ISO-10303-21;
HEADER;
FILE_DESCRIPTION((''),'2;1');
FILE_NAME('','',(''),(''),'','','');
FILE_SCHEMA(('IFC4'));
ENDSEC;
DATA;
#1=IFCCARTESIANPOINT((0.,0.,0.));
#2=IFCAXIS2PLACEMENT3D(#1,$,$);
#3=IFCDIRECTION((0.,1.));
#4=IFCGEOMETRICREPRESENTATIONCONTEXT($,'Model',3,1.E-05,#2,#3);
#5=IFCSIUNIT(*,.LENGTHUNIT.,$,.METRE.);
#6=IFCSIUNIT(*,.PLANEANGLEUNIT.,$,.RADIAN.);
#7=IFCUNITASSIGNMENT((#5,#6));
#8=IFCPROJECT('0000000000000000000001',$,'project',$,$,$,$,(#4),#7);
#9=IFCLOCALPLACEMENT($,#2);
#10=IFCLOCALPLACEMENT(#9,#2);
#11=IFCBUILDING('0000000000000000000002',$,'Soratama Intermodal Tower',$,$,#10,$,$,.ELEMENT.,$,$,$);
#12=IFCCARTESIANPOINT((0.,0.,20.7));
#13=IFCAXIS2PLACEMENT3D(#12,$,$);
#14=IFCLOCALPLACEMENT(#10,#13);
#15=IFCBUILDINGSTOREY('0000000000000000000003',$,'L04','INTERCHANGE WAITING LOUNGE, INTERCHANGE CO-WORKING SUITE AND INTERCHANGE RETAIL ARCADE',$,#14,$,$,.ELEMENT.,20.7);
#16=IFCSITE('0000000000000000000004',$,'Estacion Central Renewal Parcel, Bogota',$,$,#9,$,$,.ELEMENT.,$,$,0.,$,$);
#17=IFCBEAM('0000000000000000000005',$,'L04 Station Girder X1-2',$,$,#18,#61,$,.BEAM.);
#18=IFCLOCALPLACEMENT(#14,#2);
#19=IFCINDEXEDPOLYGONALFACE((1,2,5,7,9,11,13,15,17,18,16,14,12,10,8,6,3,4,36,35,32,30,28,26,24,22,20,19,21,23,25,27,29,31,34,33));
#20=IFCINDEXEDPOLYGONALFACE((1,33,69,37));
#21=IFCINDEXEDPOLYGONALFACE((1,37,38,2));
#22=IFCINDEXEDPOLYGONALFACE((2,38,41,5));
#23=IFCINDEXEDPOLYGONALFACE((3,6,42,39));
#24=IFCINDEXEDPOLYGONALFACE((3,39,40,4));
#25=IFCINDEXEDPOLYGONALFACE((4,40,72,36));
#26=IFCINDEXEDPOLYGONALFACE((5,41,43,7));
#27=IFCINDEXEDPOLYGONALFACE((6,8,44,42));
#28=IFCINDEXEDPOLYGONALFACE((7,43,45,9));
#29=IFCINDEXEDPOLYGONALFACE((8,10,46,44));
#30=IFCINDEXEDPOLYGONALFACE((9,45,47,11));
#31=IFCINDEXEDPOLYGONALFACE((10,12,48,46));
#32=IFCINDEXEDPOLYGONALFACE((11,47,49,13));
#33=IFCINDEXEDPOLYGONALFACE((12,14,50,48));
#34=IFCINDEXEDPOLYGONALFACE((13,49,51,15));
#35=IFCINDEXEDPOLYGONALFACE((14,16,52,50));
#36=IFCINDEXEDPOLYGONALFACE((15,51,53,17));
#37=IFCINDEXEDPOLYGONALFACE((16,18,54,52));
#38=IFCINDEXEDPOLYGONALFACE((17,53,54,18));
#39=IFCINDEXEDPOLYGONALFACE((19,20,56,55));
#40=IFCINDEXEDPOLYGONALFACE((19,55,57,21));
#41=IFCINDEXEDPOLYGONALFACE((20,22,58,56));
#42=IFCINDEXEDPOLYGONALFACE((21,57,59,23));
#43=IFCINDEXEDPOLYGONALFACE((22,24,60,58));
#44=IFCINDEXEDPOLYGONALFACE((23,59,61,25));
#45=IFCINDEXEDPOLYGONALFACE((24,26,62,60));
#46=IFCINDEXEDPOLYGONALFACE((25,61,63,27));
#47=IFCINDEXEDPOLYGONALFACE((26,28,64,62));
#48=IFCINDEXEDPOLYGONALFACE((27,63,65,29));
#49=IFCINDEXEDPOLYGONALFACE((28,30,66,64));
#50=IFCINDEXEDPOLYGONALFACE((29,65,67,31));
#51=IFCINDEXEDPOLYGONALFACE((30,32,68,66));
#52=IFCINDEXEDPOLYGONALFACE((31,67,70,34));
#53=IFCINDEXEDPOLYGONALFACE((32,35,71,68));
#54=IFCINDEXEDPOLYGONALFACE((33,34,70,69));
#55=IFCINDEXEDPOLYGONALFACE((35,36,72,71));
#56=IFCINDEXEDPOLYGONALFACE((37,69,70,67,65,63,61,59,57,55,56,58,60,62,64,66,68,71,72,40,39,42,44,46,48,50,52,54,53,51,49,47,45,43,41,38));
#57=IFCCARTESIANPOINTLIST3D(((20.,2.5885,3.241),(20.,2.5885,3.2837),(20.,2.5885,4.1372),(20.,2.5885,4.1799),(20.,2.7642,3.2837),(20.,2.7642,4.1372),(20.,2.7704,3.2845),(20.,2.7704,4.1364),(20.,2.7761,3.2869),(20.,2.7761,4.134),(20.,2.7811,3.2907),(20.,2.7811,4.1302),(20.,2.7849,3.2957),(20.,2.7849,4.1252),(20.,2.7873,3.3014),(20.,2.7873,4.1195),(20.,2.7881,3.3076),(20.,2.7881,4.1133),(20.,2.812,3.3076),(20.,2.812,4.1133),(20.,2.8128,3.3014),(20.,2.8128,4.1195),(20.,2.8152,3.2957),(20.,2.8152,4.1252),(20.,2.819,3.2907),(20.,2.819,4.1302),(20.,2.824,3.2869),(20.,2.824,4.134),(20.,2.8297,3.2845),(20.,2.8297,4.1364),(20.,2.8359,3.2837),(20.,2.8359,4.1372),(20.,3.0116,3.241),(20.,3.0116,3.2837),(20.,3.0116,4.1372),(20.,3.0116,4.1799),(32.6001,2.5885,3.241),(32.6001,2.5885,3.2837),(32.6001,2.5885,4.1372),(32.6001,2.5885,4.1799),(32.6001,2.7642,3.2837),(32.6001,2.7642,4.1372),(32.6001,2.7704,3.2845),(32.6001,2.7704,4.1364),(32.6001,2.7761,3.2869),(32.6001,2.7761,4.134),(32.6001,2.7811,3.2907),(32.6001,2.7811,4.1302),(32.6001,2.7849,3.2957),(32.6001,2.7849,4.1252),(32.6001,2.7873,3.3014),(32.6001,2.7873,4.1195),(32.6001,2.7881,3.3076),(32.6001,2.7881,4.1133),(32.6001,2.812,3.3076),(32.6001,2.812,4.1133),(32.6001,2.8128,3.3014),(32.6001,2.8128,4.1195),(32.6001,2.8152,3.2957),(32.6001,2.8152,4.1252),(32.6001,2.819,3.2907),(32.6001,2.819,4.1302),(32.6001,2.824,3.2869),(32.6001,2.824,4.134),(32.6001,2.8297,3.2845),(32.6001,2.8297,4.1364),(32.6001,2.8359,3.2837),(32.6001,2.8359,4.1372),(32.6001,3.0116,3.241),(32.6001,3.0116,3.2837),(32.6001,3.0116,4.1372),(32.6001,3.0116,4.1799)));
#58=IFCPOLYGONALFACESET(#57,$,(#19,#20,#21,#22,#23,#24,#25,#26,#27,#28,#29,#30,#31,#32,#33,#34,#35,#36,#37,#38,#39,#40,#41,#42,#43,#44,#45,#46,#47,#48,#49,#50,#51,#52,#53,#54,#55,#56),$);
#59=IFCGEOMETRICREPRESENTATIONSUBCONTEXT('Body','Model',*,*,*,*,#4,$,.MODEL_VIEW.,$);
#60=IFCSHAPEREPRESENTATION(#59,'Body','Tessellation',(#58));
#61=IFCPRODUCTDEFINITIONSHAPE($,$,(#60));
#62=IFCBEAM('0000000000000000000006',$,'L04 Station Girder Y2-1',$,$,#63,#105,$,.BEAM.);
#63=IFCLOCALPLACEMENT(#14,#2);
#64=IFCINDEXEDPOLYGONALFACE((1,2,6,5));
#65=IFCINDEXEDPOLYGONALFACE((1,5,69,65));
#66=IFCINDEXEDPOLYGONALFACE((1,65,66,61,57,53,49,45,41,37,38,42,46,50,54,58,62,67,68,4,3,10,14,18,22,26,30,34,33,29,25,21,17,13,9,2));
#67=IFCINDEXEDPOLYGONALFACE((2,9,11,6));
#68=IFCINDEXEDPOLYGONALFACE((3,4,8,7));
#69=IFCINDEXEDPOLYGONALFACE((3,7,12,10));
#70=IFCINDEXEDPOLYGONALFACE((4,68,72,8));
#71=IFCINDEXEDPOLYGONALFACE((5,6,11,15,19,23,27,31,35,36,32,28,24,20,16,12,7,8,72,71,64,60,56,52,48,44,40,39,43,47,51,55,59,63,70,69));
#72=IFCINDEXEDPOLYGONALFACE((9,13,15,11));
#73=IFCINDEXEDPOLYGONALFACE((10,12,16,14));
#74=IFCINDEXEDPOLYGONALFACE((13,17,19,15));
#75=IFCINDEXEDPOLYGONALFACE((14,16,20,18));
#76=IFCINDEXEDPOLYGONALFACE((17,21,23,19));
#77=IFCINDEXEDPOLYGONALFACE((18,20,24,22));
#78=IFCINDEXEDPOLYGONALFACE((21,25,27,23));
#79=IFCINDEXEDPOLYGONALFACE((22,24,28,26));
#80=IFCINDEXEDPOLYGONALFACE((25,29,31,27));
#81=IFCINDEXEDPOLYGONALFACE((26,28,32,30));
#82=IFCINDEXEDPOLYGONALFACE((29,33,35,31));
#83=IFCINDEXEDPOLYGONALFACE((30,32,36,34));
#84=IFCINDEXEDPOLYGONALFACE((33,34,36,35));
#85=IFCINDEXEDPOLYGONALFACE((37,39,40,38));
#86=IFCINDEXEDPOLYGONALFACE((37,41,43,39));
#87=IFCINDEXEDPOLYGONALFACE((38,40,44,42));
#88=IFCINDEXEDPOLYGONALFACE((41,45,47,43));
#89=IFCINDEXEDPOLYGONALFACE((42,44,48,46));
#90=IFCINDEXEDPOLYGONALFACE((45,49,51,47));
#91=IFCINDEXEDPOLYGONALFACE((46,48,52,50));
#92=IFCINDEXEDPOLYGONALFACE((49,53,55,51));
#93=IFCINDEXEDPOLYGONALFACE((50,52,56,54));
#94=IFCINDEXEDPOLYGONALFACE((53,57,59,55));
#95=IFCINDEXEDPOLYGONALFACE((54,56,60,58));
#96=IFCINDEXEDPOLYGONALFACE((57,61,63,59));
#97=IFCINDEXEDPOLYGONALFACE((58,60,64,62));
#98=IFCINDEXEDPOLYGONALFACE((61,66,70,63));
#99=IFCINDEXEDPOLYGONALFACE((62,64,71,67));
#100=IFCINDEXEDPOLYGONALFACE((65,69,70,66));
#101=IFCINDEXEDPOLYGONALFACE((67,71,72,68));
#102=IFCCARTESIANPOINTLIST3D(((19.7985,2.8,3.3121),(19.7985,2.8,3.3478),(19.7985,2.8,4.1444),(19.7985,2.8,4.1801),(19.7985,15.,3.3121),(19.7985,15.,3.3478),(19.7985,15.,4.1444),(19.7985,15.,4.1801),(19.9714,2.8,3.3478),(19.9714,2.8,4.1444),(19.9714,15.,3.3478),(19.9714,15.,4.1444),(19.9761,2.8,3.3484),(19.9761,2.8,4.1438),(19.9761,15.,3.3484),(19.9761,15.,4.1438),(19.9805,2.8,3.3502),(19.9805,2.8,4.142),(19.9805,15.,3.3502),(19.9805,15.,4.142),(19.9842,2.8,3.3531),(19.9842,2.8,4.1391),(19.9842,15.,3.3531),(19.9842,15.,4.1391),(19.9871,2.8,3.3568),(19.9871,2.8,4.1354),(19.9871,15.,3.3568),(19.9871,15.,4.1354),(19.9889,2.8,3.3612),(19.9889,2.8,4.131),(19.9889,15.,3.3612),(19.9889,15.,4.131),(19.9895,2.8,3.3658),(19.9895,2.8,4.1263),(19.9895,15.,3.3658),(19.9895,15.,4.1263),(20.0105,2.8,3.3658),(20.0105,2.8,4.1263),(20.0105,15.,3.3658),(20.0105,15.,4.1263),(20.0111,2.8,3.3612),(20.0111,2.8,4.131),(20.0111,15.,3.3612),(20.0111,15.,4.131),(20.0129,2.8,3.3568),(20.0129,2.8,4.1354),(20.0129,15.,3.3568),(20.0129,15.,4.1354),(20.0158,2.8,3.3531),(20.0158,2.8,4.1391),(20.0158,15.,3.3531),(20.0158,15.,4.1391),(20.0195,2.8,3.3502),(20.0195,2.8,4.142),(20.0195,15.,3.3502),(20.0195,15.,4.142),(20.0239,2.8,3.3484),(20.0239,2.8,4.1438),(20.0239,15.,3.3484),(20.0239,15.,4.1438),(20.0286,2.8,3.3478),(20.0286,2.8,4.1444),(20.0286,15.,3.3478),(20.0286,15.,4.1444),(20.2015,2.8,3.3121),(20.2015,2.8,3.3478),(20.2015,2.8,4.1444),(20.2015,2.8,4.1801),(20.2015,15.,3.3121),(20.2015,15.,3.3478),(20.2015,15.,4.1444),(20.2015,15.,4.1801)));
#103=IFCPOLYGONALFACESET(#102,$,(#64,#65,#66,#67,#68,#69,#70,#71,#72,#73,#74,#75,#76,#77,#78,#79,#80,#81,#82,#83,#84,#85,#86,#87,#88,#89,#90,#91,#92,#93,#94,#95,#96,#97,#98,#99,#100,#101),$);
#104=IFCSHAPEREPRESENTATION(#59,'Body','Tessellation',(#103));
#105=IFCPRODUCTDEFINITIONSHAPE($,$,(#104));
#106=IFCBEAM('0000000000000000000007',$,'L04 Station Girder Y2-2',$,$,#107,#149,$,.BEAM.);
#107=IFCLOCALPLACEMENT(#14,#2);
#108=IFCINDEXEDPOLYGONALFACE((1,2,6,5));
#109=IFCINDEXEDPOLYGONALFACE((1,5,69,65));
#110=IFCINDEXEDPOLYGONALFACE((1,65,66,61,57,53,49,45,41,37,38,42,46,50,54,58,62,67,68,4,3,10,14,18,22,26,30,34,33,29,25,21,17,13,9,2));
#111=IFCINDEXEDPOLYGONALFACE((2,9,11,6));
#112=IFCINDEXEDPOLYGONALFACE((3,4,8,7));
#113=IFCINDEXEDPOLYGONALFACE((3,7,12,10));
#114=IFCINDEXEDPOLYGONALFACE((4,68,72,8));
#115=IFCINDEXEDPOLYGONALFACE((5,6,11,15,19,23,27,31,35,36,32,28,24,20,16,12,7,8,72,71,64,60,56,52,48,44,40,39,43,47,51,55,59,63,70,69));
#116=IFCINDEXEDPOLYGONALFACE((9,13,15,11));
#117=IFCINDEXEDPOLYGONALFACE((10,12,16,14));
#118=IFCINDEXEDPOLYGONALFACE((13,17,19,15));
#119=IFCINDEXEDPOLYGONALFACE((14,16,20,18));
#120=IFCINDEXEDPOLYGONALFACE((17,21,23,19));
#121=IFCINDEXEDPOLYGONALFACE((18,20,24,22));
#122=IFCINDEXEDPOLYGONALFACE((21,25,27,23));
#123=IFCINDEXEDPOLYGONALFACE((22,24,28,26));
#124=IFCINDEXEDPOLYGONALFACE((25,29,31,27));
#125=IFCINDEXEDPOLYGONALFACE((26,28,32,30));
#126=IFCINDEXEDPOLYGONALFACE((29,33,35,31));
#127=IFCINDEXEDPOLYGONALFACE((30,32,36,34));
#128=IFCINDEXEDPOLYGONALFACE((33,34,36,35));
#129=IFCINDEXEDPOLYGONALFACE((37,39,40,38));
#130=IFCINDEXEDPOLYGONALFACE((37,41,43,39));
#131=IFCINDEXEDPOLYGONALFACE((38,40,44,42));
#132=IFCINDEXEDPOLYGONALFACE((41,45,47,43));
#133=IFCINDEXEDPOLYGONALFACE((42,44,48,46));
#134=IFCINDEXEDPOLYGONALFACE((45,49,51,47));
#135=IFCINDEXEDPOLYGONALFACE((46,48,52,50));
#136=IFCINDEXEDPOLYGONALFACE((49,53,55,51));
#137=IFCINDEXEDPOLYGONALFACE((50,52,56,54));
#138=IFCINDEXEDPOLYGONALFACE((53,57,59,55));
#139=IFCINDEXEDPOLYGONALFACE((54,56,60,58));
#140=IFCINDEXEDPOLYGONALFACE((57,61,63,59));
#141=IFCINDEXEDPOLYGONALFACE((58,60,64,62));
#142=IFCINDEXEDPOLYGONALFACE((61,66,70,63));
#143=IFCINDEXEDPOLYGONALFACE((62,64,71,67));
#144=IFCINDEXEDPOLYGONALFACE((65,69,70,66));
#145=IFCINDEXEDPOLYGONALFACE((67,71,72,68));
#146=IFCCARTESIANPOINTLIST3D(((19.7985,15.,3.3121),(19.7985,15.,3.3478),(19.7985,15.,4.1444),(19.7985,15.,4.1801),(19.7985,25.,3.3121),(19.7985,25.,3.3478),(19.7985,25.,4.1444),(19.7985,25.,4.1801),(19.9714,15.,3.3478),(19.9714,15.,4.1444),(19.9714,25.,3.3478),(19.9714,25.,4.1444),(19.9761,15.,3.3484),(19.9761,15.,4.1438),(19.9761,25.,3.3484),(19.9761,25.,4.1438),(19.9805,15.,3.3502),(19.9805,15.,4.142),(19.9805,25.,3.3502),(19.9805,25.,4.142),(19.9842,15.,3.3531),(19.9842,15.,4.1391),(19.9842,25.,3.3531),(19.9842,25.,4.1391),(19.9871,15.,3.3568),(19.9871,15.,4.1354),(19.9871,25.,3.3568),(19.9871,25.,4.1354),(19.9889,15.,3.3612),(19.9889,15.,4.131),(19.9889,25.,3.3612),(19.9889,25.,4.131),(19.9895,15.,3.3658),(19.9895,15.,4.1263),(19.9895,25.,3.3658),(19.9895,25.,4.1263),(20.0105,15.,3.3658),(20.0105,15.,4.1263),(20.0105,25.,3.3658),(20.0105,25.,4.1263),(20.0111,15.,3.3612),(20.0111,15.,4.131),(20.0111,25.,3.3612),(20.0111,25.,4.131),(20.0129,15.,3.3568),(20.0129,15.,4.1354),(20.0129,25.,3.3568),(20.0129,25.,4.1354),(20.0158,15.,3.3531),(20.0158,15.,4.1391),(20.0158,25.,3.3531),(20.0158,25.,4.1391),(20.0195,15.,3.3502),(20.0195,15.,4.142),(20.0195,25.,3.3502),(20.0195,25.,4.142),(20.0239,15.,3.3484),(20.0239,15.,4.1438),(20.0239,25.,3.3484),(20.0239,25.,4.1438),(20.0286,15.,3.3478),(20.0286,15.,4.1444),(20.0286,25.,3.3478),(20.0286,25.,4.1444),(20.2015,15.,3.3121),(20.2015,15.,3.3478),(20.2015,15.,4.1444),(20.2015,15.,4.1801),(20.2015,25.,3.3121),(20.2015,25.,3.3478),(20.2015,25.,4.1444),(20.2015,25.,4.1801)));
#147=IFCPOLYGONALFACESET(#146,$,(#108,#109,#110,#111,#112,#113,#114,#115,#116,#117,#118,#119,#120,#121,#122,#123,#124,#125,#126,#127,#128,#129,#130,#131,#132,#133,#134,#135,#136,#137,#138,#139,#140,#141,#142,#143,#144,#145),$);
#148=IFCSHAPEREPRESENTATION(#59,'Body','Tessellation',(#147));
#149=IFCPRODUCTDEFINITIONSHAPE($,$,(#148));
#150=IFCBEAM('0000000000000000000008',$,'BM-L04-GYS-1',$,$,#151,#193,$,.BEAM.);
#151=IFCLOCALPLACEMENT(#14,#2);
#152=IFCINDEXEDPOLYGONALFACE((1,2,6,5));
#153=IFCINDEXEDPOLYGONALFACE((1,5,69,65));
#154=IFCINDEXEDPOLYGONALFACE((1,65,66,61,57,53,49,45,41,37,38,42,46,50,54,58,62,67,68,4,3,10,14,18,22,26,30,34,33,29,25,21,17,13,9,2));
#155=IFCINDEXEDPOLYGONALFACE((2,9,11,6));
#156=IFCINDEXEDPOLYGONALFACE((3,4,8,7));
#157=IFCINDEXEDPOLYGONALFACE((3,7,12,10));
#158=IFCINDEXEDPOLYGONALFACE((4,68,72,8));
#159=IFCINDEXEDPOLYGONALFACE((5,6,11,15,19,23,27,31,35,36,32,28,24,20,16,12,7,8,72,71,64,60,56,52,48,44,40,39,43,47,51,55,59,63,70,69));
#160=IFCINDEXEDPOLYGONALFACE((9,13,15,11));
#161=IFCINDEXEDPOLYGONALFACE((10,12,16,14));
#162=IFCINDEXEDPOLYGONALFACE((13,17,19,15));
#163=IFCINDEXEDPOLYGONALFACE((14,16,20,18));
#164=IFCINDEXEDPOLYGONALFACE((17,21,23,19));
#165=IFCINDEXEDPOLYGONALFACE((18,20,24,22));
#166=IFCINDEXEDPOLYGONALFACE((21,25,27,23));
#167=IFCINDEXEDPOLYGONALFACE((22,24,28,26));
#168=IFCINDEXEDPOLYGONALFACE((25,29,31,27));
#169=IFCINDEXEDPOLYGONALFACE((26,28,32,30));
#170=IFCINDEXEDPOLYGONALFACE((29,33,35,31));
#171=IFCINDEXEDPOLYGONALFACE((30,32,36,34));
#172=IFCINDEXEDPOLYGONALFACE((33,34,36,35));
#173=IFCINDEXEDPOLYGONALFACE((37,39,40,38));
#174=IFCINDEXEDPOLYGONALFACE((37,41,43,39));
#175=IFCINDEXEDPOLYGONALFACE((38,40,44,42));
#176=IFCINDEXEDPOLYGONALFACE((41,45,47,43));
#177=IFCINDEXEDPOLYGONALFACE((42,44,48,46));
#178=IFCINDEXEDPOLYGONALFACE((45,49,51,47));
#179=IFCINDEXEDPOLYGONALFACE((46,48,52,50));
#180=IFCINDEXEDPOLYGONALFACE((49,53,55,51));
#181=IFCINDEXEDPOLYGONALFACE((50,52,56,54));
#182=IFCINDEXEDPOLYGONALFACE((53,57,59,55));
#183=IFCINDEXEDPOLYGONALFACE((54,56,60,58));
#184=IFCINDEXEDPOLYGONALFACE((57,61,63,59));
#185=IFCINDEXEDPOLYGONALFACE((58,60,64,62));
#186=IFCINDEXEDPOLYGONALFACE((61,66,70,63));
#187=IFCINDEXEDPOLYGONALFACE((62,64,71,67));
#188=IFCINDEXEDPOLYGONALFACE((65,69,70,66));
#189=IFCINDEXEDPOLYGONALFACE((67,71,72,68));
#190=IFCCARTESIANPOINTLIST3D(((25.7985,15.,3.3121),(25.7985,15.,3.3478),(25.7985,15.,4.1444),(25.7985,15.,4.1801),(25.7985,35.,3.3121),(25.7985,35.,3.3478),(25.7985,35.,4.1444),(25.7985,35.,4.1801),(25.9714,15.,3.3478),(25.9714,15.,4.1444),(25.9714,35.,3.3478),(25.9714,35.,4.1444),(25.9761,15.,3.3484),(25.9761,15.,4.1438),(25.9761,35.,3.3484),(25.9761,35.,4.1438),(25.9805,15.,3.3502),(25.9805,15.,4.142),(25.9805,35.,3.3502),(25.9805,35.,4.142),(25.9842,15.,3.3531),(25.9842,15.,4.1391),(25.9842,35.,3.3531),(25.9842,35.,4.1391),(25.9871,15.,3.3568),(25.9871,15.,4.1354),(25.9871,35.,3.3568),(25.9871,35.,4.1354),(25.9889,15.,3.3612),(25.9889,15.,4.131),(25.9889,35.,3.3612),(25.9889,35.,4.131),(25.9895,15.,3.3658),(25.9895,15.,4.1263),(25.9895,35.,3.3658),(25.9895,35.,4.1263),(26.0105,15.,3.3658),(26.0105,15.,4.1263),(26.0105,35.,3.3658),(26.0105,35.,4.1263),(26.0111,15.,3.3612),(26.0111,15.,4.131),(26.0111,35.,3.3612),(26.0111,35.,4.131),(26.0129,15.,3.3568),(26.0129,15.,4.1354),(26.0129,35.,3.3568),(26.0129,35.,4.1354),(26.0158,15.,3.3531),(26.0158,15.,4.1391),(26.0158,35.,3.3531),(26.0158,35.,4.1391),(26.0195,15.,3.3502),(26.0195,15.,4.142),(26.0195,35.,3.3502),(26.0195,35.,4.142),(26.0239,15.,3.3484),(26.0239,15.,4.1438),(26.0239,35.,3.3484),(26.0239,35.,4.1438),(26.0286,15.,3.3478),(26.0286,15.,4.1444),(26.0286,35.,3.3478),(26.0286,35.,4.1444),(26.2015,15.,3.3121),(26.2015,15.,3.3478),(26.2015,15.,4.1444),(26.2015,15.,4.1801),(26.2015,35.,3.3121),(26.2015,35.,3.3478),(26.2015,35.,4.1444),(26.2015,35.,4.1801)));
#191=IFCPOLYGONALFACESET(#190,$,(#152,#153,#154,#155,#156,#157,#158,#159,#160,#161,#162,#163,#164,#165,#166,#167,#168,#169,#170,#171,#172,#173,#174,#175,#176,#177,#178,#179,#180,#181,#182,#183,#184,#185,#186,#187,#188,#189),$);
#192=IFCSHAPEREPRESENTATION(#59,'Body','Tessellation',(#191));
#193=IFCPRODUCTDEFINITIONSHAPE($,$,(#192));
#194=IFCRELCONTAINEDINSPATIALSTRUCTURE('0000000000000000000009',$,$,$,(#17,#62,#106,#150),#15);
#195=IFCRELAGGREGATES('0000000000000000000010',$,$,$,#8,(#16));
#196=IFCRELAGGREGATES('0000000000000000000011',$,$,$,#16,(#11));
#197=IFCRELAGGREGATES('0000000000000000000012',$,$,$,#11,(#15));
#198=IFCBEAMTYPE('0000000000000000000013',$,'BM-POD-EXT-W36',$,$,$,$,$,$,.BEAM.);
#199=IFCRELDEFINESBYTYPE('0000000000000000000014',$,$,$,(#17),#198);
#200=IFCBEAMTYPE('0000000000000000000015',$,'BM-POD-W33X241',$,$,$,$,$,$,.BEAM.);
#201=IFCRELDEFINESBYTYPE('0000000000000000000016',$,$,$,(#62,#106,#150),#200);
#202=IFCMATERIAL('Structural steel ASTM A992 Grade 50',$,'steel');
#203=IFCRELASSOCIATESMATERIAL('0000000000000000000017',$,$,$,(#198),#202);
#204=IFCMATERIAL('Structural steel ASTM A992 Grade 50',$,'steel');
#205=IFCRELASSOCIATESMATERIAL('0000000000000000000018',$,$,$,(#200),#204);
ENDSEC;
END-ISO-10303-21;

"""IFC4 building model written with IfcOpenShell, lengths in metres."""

from ifc_helpers import new_model, si_unit, direction, frame, origin, origin_2d, place, context, subcontext, project, spatial, i_section, extrude, material, material_profile, profile_set, type_object, element, save


model = new_model("IFC4")

# Units and contexts
model_context = context("Model", 3, precision=1e-05, world=origin(), true_north=direction((0.0, 1.0)))
body_context = subcontext(model_context, "Body", "Model", "MODEL_VIEW")
ifc_project = project(units=[si_unit("LENGTHUNIT", "METRE"), si_unit("PLANEANGLEUNIT", "RADIAN")], contexts=[model_context])

# Site, building, storey
site_placement = place(None, origin())
site = spatial("IfcSite", under=ifc_project, at=site_placement, Name="Estacion Central Renewal Parcel, Bogota", CompositionType="ELEMENT", RefElevation=0.0)
building_placement = place(site_placement, origin())
building = spatial("IfcBuilding", under=site, at=building_placement, Name="Soratama Intermodal Tower", CompositionType="ELEMENT")
storey_placement = place(building_placement, frame((0.0, 0.0, 20.7)))
storey = spatial("IfcBuildingStorey", under=building, at=storey_placement, Name="L04", Description="INTERCHANGE WAITING LOUNGE, INTERCHANGE CO-WORKING SUITE AND INTERCHANGE RETAIL ARCADE", CompositionType="ELEMENT", Elevation=20.7)

# Beams
ifc_material_1 = material(Name="Structural steel ASTM A992 Grade 50", Category="steel")
ifc_material_profile_1 = material_profile(ifc_material_1, i_section(OverallWidth=0.4231, OverallDepth=0.939, WebThickness=0.0239, FlangeThickness=0.0427, FilletRadius=0.0239, at=origin_2d()), Name="W36X302")
ifc_profile_set_1 = profile_set([ifc_material_profile_1], Name="Structural steel ASTM A992 Grade 50")
beam_type_1 = type_object("IfcBeamType", Name="BM-POD-EXT-W36", PredefinedType="BEAM", material=ifc_profile_set_1)
beam_1_placement = place(storey_placement, frame((20.0, 2.8, 3.7104), z_axis=(1.0, 0.0, 0.0), x_axis=(0.0, 1.0, 0.0)))
element("IfcBeam", 1, at=beam_1_placement, inside=storey, type_object=beam_type_1, Name="L04 Station Girder X1-2", PredefinedType="BEAM", context=body_context, shape_type="SweptSolid", body=[
    extrude(i_section(OverallWidth=0.4231, OverallDepth=0.939, WebThickness=0.0239, FlangeThickness=0.0427, FilletRadius=0.0239, at=origin_2d()), origin(), (0.0, 0.0, 1.0), 12.6001),
])
ifc_material_2 = material(Name="Structural steel ASTM A992 Grade 50", Category="steel")
ifc_material_profile_2 = material_profile(ifc_material_2, i_section(OverallWidth=0.4031, OverallDepth=0.8679, WebThickness=0.021, FlangeThickness=0.0356, FilletRadius=0.0181, at=origin_2d()), Name="W33X241")
ifc_profile_set_2 = profile_set([ifc_material_profile_2], Name="Structural steel ASTM A992 Grade 50")
beam_type_2 = type_object("IfcBeamType", Name="BM-POD-W33X241", PredefinedType="BEAM", material=ifc_profile_set_2)
beam_2_placement = place(storey_placement, frame((20.0, 2.8, 3.7461), z_axis=(0.0, 1.0, 0.0), x_axis=(-1.0, 0.0, 0.0)))
element("IfcBeam", 2, at=beam_2_placement, inside=storey, type_object=beam_type_2, Name="L04 Station Girder Y2-1", PredefinedType="BEAM", context=body_context, shape_type="SweptSolid", body=[
    extrude(i_section(OverallWidth=0.4031, OverallDepth=0.8679, WebThickness=0.021, FlangeThickness=0.0356, FilletRadius=0.0181, at=origin_2d()), origin(), (0.0, 0.0, 1.0), 12.2),
])
beam_3_placement = place(storey_placement, frame((20.0, 15.0, 3.7461), z_axis=(0.0, 1.0, 0.0), x_axis=(-1.0, 0.0, 0.0)))
element("IfcBeam", 3, at=beam_3_placement, inside=storey, type_object=beam_type_2, Name="L04 Station Girder Y2-2", PredefinedType="BEAM", context=body_context, shape_type="SweptSolid", body=[
    extrude(i_section(OverallWidth=0.4031, OverallDepth=0.8679, WebThickness=0.021, FlangeThickness=0.0356, FilletRadius=0.0181, at=origin_2d()), origin(), (0.0, 0.0, 1.0), 10.0),
])
beam_4_placement = place(storey_placement, frame((26.0, 15.0, 3.7461), z_axis=(0.0, 1.0, 0.0), x_axis=(-1.0, 0.0, 0.0)))
element("IfcBeam", 4, at=beam_4_placement, inside=storey, type_object=beam_type_2, Name="BM-L04-GYS-1", PredefinedType="BEAM", context=body_context, shape_type="SweptSolid", body=[
    extrude(i_section(OverallWidth=0.4031, OverallDepth=0.8679, WebThickness=0.021, FlangeThickness=0.0356, FilletRadius=0.0181, at=origin_2d()), origin(), (0.0, 0.0, 1.0), 20.0),
])

save(model, "model.ifc")
